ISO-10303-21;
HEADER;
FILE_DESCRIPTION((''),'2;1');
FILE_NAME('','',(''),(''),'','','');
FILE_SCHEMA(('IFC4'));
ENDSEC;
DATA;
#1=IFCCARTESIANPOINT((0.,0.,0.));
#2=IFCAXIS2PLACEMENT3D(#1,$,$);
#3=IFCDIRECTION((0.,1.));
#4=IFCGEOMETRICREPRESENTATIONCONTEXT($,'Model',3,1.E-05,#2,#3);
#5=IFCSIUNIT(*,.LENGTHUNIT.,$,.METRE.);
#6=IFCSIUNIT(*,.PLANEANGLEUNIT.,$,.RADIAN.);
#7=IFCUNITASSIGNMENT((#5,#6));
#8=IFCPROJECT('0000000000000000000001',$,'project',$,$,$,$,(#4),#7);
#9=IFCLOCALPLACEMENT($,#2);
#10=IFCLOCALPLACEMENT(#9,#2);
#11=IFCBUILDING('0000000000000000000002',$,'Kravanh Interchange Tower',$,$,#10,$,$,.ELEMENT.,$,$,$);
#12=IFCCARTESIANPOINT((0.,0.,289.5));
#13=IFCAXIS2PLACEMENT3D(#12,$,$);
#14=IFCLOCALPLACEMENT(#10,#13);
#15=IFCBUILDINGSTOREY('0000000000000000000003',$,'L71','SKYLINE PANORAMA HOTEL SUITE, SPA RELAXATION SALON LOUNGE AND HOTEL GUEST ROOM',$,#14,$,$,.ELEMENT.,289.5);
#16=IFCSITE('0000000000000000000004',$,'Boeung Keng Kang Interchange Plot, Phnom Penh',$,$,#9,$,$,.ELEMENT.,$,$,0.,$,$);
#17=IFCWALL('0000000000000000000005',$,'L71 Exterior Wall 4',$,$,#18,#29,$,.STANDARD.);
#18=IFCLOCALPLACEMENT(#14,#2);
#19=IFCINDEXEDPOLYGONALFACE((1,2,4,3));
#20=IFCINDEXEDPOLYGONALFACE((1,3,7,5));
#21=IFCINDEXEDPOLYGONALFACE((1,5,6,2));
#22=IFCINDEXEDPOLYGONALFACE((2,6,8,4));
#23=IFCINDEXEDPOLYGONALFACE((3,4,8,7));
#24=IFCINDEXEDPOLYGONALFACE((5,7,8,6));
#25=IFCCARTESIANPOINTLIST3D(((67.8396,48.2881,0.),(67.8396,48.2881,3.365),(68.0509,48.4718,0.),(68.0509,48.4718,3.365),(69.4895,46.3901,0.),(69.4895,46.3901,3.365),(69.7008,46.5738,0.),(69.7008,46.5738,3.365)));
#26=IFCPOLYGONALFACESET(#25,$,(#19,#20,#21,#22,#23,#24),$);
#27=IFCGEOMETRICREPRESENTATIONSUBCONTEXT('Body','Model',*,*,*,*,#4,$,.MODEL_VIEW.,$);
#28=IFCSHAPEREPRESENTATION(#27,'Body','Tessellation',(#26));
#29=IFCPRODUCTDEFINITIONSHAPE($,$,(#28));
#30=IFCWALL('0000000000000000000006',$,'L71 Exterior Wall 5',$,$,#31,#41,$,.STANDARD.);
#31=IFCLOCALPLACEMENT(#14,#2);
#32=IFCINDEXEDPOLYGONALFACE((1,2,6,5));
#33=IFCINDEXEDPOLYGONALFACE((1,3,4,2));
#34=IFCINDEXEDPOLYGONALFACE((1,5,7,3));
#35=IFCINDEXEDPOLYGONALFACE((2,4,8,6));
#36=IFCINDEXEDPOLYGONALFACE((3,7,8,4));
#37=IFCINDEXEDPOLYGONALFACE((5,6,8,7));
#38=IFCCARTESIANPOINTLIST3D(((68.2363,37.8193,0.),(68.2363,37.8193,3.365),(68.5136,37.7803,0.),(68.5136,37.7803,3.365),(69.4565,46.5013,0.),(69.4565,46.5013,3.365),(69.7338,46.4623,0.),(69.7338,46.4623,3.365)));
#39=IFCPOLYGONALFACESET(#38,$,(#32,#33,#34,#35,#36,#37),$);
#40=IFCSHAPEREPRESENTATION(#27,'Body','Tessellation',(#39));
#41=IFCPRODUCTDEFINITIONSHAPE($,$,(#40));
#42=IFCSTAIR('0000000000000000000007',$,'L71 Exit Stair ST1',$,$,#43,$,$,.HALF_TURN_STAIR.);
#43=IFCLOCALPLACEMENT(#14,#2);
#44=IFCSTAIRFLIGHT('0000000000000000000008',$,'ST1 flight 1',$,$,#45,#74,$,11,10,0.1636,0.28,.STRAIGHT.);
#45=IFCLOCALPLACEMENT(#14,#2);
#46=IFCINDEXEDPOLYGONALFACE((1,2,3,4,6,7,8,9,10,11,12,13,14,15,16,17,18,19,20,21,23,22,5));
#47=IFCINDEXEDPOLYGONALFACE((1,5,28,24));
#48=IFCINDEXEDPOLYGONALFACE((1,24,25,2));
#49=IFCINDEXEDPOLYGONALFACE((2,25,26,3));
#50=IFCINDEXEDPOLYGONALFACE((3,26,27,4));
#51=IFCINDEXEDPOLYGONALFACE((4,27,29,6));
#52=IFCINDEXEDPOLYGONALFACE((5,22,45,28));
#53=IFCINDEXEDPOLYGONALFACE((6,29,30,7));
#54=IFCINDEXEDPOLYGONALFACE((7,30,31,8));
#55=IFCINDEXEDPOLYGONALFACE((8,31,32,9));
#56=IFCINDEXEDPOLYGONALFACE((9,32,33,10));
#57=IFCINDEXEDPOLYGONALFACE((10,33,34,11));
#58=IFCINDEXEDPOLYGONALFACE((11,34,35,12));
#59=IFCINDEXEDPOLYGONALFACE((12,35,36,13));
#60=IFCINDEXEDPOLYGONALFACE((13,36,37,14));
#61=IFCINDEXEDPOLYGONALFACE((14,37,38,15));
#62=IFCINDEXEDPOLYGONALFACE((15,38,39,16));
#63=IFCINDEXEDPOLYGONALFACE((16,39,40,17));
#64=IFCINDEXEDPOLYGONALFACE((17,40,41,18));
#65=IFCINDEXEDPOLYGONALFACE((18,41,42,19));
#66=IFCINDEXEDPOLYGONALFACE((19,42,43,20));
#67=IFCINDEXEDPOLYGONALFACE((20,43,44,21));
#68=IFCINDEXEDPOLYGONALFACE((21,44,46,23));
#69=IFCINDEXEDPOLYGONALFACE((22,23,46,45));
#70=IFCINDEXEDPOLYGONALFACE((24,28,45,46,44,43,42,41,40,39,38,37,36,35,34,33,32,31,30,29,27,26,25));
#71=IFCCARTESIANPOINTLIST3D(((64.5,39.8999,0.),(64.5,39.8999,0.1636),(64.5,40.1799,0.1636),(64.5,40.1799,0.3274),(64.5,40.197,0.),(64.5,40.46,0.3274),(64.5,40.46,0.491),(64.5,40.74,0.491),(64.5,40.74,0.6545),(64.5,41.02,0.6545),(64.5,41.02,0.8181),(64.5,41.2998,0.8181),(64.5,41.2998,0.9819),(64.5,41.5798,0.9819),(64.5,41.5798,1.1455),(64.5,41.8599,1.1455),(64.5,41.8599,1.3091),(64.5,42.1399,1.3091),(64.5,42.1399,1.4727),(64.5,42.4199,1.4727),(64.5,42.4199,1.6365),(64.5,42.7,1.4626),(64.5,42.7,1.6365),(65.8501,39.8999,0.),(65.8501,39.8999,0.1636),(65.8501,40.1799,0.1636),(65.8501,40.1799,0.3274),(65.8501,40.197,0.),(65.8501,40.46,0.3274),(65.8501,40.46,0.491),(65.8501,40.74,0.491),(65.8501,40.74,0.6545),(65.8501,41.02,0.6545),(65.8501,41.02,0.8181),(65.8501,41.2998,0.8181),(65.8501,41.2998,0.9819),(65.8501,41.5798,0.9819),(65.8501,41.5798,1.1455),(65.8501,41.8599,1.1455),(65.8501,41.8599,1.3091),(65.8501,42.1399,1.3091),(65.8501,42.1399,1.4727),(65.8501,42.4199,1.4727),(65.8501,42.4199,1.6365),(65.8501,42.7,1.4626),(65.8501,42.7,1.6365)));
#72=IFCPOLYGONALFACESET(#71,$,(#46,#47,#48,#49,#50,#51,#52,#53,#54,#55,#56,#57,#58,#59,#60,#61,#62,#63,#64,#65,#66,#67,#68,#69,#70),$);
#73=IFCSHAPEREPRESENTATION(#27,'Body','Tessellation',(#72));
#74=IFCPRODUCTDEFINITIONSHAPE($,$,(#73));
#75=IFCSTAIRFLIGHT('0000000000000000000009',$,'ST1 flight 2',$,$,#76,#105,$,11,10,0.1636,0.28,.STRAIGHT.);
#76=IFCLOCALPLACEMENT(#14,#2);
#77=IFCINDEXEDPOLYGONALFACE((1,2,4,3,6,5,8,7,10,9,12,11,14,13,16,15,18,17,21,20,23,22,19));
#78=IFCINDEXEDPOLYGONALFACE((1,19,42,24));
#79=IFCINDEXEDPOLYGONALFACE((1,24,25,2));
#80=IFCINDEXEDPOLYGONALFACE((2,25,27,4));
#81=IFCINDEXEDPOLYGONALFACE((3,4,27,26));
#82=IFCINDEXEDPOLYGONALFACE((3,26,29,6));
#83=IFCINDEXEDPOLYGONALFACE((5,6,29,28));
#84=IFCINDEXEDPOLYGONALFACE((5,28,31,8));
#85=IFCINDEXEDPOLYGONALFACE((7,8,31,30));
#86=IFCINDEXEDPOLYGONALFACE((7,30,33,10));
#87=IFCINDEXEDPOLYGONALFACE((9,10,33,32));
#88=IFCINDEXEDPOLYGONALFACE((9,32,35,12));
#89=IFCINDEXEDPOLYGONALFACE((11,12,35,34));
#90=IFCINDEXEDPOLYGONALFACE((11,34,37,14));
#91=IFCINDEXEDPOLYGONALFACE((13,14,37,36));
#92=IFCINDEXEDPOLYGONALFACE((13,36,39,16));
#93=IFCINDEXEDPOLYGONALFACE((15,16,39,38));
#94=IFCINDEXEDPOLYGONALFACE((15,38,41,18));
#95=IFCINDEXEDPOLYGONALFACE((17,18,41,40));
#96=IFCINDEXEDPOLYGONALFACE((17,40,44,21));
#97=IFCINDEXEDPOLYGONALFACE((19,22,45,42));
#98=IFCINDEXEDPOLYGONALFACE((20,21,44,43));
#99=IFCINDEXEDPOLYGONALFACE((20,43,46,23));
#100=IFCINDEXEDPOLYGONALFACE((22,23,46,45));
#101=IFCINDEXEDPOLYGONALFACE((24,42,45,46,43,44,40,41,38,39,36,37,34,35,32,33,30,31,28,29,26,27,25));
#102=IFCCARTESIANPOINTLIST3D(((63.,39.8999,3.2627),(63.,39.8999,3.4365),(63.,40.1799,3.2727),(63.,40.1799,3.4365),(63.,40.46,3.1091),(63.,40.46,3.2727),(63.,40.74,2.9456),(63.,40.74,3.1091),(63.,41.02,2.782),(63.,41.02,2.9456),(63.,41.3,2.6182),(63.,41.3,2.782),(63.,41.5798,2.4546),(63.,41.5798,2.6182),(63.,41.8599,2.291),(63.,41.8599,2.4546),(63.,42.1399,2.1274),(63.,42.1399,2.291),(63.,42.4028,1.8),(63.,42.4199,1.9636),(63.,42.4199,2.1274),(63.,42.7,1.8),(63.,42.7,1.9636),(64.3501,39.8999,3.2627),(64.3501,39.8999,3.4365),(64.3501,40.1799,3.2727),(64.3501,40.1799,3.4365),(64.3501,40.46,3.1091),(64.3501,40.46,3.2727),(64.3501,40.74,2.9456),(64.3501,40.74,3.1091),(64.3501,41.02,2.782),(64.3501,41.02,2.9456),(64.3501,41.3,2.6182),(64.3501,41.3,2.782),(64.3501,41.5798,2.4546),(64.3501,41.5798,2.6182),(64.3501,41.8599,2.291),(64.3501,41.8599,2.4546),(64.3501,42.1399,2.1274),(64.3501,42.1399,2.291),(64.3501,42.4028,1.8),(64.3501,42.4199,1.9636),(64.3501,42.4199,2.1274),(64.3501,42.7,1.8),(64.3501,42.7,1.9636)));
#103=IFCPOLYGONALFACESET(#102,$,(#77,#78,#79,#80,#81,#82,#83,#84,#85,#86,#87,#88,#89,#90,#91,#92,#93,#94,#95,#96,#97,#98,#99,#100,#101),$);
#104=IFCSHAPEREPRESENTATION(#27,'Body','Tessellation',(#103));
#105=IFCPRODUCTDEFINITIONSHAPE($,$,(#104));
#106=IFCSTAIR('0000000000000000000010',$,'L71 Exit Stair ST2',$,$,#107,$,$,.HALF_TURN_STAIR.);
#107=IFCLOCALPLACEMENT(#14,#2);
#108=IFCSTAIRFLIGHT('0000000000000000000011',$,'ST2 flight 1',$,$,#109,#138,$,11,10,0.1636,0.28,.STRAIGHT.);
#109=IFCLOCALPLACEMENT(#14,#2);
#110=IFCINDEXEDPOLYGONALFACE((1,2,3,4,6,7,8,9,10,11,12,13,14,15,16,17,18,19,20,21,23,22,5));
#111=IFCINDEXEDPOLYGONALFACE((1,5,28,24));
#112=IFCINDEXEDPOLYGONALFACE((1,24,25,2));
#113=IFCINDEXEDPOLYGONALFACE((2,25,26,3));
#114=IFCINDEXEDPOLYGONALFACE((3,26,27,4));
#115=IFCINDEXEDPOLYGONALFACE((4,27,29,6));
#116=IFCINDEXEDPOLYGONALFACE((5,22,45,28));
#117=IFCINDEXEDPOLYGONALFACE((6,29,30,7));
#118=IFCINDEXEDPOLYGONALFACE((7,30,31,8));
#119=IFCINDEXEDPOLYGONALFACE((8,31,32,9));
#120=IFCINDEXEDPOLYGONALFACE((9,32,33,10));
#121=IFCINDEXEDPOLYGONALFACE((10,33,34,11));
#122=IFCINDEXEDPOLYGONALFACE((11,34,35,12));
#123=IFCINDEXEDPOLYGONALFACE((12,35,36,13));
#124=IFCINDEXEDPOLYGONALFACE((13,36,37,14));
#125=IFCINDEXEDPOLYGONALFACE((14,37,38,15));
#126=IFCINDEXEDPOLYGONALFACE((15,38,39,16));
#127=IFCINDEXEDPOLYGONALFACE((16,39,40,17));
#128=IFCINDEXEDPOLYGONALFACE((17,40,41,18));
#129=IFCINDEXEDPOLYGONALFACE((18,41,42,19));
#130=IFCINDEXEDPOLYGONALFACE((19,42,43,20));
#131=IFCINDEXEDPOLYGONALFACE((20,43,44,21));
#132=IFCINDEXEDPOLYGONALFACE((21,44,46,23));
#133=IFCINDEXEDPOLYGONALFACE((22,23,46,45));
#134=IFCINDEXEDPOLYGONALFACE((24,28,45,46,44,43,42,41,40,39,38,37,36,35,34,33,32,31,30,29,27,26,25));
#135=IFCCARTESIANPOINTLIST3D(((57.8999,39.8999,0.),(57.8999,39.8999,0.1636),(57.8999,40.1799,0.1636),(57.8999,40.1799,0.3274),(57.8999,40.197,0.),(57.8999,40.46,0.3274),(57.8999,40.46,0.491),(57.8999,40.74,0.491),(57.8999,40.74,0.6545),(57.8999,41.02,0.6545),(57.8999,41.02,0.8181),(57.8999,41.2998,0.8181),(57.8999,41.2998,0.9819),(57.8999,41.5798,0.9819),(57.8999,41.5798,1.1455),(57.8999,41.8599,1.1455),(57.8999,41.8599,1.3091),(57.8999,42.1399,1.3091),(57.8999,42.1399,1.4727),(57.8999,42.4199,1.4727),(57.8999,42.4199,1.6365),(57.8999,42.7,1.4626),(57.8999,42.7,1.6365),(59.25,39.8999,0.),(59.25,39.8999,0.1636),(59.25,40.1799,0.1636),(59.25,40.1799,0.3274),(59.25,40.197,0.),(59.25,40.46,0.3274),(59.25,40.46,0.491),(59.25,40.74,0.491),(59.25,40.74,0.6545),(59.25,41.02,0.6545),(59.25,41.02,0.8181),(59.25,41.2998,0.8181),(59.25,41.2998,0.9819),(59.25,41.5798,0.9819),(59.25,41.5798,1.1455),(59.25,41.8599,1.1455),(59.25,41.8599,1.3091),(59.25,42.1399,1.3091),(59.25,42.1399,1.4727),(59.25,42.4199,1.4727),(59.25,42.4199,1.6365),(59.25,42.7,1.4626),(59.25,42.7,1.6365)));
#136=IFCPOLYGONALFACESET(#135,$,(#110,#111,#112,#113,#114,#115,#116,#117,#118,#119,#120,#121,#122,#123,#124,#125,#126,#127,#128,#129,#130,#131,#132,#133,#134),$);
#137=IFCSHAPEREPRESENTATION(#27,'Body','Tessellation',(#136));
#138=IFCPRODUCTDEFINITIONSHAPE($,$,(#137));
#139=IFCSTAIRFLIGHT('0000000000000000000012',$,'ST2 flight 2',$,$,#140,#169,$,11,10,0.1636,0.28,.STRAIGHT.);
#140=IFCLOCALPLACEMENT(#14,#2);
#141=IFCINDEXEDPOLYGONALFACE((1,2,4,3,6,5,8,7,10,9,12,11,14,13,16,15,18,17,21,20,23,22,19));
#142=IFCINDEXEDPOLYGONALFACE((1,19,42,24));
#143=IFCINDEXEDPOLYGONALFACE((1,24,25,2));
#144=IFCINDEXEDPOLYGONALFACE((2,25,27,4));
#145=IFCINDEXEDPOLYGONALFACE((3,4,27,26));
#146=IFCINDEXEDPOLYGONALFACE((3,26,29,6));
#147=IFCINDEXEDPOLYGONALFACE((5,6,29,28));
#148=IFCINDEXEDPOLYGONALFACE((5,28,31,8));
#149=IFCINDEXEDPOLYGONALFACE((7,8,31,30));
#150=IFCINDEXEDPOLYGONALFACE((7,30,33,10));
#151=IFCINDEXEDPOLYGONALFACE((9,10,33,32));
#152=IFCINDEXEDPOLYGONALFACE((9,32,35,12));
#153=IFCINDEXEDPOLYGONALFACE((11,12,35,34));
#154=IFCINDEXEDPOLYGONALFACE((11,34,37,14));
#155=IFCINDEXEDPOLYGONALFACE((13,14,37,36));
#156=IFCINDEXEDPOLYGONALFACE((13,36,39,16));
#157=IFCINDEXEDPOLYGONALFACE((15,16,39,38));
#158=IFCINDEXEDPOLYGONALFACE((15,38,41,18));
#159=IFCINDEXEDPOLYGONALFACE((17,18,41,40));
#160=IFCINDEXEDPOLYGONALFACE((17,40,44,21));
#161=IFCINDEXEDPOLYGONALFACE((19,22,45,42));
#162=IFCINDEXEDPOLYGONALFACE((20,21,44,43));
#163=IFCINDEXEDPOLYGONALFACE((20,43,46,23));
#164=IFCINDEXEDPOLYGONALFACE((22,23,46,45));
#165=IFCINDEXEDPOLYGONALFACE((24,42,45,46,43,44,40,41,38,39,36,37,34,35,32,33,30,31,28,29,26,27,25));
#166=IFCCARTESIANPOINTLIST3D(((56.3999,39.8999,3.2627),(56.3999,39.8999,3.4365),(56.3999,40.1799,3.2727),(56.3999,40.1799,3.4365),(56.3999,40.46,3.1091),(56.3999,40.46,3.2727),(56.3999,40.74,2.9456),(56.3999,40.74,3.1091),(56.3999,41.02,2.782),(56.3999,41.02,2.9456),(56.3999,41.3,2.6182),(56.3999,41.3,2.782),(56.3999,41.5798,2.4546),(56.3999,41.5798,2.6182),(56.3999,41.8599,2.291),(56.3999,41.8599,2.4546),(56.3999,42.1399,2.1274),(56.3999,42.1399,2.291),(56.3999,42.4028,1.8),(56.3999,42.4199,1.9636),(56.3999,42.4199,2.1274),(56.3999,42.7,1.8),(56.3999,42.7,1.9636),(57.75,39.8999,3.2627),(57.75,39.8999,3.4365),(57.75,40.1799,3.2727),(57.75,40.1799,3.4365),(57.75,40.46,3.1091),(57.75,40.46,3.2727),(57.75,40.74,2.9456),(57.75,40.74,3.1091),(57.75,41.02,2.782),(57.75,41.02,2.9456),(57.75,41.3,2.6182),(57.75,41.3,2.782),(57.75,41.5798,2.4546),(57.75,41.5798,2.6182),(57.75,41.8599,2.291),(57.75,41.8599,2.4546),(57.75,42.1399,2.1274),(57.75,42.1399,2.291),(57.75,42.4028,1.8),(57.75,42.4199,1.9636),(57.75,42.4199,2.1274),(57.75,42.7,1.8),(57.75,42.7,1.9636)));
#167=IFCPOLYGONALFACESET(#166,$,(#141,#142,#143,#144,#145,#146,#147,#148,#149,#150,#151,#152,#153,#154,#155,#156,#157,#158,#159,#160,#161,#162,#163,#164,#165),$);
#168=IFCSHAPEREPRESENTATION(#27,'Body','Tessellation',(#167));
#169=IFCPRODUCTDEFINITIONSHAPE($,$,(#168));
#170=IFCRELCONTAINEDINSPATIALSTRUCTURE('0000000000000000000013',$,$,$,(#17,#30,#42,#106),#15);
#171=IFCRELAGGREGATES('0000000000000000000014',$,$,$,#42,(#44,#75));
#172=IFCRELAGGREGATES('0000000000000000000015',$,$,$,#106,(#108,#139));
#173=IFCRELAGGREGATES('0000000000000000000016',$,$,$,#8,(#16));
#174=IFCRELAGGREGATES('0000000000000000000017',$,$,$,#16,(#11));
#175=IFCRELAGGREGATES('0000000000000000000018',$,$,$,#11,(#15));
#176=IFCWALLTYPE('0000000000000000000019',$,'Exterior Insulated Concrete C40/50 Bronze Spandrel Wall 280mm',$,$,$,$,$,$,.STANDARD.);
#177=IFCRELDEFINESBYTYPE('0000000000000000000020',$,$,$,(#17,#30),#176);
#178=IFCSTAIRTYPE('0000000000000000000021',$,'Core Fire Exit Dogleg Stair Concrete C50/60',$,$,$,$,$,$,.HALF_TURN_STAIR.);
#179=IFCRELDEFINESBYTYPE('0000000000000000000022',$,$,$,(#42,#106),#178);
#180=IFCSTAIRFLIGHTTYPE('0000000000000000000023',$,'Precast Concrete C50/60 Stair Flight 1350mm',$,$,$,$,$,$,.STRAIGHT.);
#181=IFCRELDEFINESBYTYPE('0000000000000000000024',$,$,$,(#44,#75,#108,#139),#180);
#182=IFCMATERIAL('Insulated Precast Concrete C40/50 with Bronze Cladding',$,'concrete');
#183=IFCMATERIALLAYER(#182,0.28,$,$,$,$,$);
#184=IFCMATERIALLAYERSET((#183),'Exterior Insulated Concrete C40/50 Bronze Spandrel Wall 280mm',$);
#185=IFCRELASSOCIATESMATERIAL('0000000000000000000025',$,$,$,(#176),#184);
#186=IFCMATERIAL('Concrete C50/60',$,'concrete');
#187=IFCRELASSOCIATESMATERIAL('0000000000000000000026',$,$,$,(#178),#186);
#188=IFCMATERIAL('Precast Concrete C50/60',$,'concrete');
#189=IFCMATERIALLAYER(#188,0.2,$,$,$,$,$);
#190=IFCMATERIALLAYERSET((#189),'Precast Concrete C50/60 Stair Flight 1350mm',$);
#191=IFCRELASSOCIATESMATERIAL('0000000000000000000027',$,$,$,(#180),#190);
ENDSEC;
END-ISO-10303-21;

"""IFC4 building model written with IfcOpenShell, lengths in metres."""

from ifc_helpers import new_model, si_unit, direction, frame, frame_2d, origin, place, context, subcontext, project, spatial, polyline, rectangle, outline, extrude, material, layer, layer_set, type_object, element, aggregate, save


model = new_model("IFC4")

# Units and contexts
model_context = context("Model", 3, precision=1e-05, world=origin(), true_north=direction((0.0, 1.0)))
body_context = subcontext(model_context, "Body", "Model", "MODEL_VIEW")
ifc_project = project(units=[si_unit("LENGTHUNIT", "METRE"), si_unit("PLANEANGLEUNIT", "RADIAN")], contexts=[model_context])

# Site, building, storey
site_placement = place(None, origin())
site = spatial("IfcSite", under=ifc_project, at=site_placement, Name="Boeung Keng Kang Interchange Plot, Phnom Penh", CompositionType="ELEMENT", RefElevation=0.0)
building_placement = place(site_placement, origin())
building = spatial("IfcBuilding", under=site, at=building_placement, Name="Kravanh Interchange Tower", CompositionType="ELEMENT")
storey_placement = place(building_placement, frame((0.0, 0.0, 289.5)))
storey = spatial("IfcBuildingStorey", under=building, at=storey_placement, Name="L71", Description="SKYLINE PANORAMA HOTEL SUITE, SPA RELAXATION SALON LOUNGE AND HOTEL GUEST ROOM", CompositionType="ELEMENT", Elevation=289.5)

# Walls
ifc_material_1 = material(Name="Insulated Precast Concrete C40/50 with Bronze Cladding", Category="concrete")
ifc_layer_1 = layer(ifc_material_1, 0.28)
ifc_layer_set_1 = layer_set([ifc_layer_1], Name="Exterior Insulated Concrete C40/50 Bronze Spandrel Wall 280mm")
wall_type_1 = type_object("IfcWallType", Name="Exterior Insulated Concrete C40/50 Bronze Spandrel Wall 280mm", PredefinedType="STANDARD", material=ifc_layer_set_1)
wall_1_placement = place(storey_placement, frame((67.9453, 48.3799, 0.0), z_axis=(0.0, 0.0, 1.0), x_axis=(0.656068, -0.754702, 0.0)))
element("IfcWall", 1, at=wall_1_placement, inside=storey, type_object=wall_type_1, Name="L71 Exterior Wall 4", PredefinedType="STANDARD", context=body_context, shape_type="SweptSolid", body=[
    extrude(rectangle(XDim=2.5149, YDim=0.28, at=frame_2d((1.2573, 0.0))), origin(), (0.0, 0.0, 1.0), 3.365),
])
wall_2_placement = place(storey_placement, frame((69.5952, 46.4819, 0.0), z_axis=(0.0, 0.0, 1.0), x_axis=(-0.139179, -0.990267, 0.0)))
element("IfcWall", 2, at=wall_2_placement, inside=storey, type_object=wall_type_1, Name="L71 Exterior Wall 5", PredefinedType="STANDARD", context=body_context, shape_type="SweptSolid", body=[
    extrude(rectangle(XDim=8.7673, YDim=0.28, at=frame_2d((4.3838, 0.0))), origin(), (0.0, 0.0, 1.0), 3.365),
])

# Stairs, stair flights
ifc_material_2 = material(Name="Concrete C50/60", Category="concrete")
stair_type = type_object("IfcStairType", Name="Core Fire Exit Dogleg Stair Concrete C50/60", PredefinedType="HALF_TURN_STAIR", material=ifc_material_2)
stair_1_placement = place(storey_placement, origin())
stair_1 = element("IfcStair", 3, at=stair_1_placement, inside=storey, type_object=stair_type, Name="L71 Exit Stair ST1", PredefinedType="HALF_TURN_STAIR")
ifc_material_3 = material(Name="Precast Concrete C50/60", Category="concrete")
ifc_layer_2 = layer(ifc_material_3, 0.2)
ifc_layer_set_2 = layer_set([ifc_layer_2], Name="Precast Concrete C50/60 Stair Flight 1350mm")
stair_flight_type = type_object("IfcStairFlightType", Name="Precast Concrete C50/60 Stair Flight 1350mm", PredefinedType="STRAIGHT", material=ifc_layer_set_2)
stair_flight_1_placement = place(storey_placement, frame((65.175, 39.8999, 0.0), z_axis=(0.0, 0.0, 1.0), x_axis=(0.0, 1.0, 0.0)))
stair_flight_1 = element("IfcStairFlight", 4, at=stair_flight_1_placement, type_object=stair_flight_type, Name="ST1 flight 1", NumberOfRisers=11, NumberOfTreads=10, PredefinedType="STRAIGHT", RiserHeight=0.1636, TreadLength=0.28, context=body_context, shape_type="SweptSolid", body=[
    extrude(outline(polyline([(0.0, 0.0), (0.0, 0.1636), (0.28, 0.1636), (0.28, 0.3274), (0.5601, 0.3274), (0.5601, 0.491), (0.8401, 0.491), (0.8401, 0.6545), (1.1201, 0.6545), (1.1201, 0.8181), (1.3999, 0.8181), (1.3999, 0.9819), (1.6799, 0.9819), (1.6799, 1.1455), (1.96, 1.1455), (1.96, 1.3091), (2.24, 1.3091), (2.24, 1.4727), (2.52, 1.4727), (2.52, 1.6365), (2.8, 1.6365), (2.8, 1.8), (2.8, 1.4626), (0.2971, 0.0), (0.0, 0.0)])), frame((0.0, 0.675, 0.0), z_axis=(0.0, -1.0, 0.0), x_axis=(1.0, 0.0, 0.0)), (0.0, 0.0, 1.0), 1.3501),
])
stair_flight_2_placement = place(storey_placement, frame((63.675, 42.7, 1.8), z_axis=(0.0, 0.0, 1.0), x_axis=(0.0, -1.0, 0.0)))
stair_flight_2 = element("IfcStairFlight", 5, at=stair_flight_2_placement, type_object=stair_flight_type, Name="ST1 flight 2", NumberOfRisers=11, NumberOfTreads=10, PredefinedType="STRAIGHT", RiserHeight=0.1636, TreadLength=0.28, context=body_context, shape_type="SweptSolid", body=[
    extrude(outline(polyline([(0.0, 0.0), (0.0, 0.1636), (0.28, 0.1636), (0.28, 0.3274), (0.5601, 0.3274), (0.5601, 0.491), (0.8401, 0.491), (0.8401, 0.6545), (1.1201, 0.6545), (1.1201, 0.8181), (1.3999, 0.8181), (1.3999, 0.9819), (1.6799, 0.9819), (1.6799, 1.1455), (1.96, 1.1455), (1.96, 1.3091), (2.24, 1.3091), (2.24, 1.4727), (2.52, 1.4727), (2.52, 1.6365), (2.8, 1.6365), (2.8, 1.8), (2.8, 1.4626), (0.2971, 0.0), (0.0, 0.0)])), frame((0.0, 0.675, 0.0), z_axis=(0.0, -1.0, 0.0), x_axis=(1.0, 0.0, 0.0)), (0.0, 0.0, 1.0), 1.3501),
])
aggregate(stair_1, [stair_flight_1, stair_flight_2])
stair_2_placement = place(storey_placement, origin())
stair_2 = element("IfcStair", 6, at=stair_2_placement, inside=storey, type_object=stair_type, Name="L71 Exit Stair ST2", PredefinedType="HALF_TURN_STAIR")
stair_flight_3_placement = place(storey_placement, frame((58.575, 39.8999, 0.0), z_axis=(0.0, 0.0, 1.0), x_axis=(0.0, 1.0, 0.0)))
stair_flight_3 = element("IfcStairFlight", 7, at=stair_flight_3_placement, type_object=stair_flight_type, Name="ST2 flight 1", NumberOfRisers=11, NumberOfTreads=10, PredefinedType="STRAIGHT", RiserHeight=0.1636, TreadLength=0.28, context=body_context, shape_type="SweptSolid", body=[
    extrude(outline(polyline([(0.0, 0.0), (0.0, 0.1636), (0.28, 0.1636), (0.28, 0.3274), (0.5601, 0.3274), (0.5601, 0.491), (0.8401, 0.491), (0.8401, 0.6545), (1.1201, 0.6545), (1.1201, 0.8181), (1.3999, 0.8181), (1.3999, 0.9819), (1.6799, 0.9819), (1.6799, 1.1455), (1.96, 1.1455), (1.96, 1.3091), (2.24, 1.3091), (2.24, 1.4727), (2.52, 1.4727), (2.52, 1.6365), (2.8, 1.6365), (2.8, 1.8), (2.8, 1.4626), (0.2971, 0.0), (0.0, 0.0)])), frame((0.0, 0.675, 0.0), z_axis=(0.0, -1.0, 0.0), x_axis=(1.0, 0.0, 0.0)), (0.0, 0.0, 1.0), 1.3501),
])
stair_flight_4_placement = place(storey_placement, frame((57.075, 42.7, 1.8), z_axis=(0.0, 0.0, 1.0), x_axis=(0.0, -1.0, 0.0)))
stair_flight_4 = element("IfcStairFlight", 8, at=stair_flight_4_placement, type_object=stair_flight_type, Name="ST2 flight 2", NumberOfRisers=11, NumberOfTreads=10, PredefinedType="STRAIGHT", RiserHeight=0.1636, TreadLength=0.28, context=body_context, shape_type="SweptSolid", body=[
    extrude(outline(polyline([(0.0, 0.0), (0.0, 0.1636), (0.28, 0.1636), (0.28, 0.3274), (0.5601, 0.3274), (0.5601, 0.491), (0.8401, 0.491), (0.8401, 0.6545), (1.1201, 0.6545), (1.1201, 0.8181), (1.3999, 0.8181), (1.3999, 0.9819), (1.6799, 0.9819), (1.6799, 1.1455), (1.96, 1.1455), (1.96, 1.3091), (2.24, 1.3091), (2.24, 1.4727), (2.52, 1.4727), (2.52, 1.6365), (2.8, 1.6365), (2.8, 1.8), (2.8, 1.4626), (0.2971, 0.0), (0.0, 0.0)])), frame((0.0, 0.675, 0.0), z_axis=(0.0, -1.0, 0.0), x_axis=(1.0, 0.0, 0.0)), (0.0, 0.0, 1.0), 1.3501),
])
aggregate(stair_2, [stair_flight_3, stair_flight_4])

save(model, "model.ifc")
